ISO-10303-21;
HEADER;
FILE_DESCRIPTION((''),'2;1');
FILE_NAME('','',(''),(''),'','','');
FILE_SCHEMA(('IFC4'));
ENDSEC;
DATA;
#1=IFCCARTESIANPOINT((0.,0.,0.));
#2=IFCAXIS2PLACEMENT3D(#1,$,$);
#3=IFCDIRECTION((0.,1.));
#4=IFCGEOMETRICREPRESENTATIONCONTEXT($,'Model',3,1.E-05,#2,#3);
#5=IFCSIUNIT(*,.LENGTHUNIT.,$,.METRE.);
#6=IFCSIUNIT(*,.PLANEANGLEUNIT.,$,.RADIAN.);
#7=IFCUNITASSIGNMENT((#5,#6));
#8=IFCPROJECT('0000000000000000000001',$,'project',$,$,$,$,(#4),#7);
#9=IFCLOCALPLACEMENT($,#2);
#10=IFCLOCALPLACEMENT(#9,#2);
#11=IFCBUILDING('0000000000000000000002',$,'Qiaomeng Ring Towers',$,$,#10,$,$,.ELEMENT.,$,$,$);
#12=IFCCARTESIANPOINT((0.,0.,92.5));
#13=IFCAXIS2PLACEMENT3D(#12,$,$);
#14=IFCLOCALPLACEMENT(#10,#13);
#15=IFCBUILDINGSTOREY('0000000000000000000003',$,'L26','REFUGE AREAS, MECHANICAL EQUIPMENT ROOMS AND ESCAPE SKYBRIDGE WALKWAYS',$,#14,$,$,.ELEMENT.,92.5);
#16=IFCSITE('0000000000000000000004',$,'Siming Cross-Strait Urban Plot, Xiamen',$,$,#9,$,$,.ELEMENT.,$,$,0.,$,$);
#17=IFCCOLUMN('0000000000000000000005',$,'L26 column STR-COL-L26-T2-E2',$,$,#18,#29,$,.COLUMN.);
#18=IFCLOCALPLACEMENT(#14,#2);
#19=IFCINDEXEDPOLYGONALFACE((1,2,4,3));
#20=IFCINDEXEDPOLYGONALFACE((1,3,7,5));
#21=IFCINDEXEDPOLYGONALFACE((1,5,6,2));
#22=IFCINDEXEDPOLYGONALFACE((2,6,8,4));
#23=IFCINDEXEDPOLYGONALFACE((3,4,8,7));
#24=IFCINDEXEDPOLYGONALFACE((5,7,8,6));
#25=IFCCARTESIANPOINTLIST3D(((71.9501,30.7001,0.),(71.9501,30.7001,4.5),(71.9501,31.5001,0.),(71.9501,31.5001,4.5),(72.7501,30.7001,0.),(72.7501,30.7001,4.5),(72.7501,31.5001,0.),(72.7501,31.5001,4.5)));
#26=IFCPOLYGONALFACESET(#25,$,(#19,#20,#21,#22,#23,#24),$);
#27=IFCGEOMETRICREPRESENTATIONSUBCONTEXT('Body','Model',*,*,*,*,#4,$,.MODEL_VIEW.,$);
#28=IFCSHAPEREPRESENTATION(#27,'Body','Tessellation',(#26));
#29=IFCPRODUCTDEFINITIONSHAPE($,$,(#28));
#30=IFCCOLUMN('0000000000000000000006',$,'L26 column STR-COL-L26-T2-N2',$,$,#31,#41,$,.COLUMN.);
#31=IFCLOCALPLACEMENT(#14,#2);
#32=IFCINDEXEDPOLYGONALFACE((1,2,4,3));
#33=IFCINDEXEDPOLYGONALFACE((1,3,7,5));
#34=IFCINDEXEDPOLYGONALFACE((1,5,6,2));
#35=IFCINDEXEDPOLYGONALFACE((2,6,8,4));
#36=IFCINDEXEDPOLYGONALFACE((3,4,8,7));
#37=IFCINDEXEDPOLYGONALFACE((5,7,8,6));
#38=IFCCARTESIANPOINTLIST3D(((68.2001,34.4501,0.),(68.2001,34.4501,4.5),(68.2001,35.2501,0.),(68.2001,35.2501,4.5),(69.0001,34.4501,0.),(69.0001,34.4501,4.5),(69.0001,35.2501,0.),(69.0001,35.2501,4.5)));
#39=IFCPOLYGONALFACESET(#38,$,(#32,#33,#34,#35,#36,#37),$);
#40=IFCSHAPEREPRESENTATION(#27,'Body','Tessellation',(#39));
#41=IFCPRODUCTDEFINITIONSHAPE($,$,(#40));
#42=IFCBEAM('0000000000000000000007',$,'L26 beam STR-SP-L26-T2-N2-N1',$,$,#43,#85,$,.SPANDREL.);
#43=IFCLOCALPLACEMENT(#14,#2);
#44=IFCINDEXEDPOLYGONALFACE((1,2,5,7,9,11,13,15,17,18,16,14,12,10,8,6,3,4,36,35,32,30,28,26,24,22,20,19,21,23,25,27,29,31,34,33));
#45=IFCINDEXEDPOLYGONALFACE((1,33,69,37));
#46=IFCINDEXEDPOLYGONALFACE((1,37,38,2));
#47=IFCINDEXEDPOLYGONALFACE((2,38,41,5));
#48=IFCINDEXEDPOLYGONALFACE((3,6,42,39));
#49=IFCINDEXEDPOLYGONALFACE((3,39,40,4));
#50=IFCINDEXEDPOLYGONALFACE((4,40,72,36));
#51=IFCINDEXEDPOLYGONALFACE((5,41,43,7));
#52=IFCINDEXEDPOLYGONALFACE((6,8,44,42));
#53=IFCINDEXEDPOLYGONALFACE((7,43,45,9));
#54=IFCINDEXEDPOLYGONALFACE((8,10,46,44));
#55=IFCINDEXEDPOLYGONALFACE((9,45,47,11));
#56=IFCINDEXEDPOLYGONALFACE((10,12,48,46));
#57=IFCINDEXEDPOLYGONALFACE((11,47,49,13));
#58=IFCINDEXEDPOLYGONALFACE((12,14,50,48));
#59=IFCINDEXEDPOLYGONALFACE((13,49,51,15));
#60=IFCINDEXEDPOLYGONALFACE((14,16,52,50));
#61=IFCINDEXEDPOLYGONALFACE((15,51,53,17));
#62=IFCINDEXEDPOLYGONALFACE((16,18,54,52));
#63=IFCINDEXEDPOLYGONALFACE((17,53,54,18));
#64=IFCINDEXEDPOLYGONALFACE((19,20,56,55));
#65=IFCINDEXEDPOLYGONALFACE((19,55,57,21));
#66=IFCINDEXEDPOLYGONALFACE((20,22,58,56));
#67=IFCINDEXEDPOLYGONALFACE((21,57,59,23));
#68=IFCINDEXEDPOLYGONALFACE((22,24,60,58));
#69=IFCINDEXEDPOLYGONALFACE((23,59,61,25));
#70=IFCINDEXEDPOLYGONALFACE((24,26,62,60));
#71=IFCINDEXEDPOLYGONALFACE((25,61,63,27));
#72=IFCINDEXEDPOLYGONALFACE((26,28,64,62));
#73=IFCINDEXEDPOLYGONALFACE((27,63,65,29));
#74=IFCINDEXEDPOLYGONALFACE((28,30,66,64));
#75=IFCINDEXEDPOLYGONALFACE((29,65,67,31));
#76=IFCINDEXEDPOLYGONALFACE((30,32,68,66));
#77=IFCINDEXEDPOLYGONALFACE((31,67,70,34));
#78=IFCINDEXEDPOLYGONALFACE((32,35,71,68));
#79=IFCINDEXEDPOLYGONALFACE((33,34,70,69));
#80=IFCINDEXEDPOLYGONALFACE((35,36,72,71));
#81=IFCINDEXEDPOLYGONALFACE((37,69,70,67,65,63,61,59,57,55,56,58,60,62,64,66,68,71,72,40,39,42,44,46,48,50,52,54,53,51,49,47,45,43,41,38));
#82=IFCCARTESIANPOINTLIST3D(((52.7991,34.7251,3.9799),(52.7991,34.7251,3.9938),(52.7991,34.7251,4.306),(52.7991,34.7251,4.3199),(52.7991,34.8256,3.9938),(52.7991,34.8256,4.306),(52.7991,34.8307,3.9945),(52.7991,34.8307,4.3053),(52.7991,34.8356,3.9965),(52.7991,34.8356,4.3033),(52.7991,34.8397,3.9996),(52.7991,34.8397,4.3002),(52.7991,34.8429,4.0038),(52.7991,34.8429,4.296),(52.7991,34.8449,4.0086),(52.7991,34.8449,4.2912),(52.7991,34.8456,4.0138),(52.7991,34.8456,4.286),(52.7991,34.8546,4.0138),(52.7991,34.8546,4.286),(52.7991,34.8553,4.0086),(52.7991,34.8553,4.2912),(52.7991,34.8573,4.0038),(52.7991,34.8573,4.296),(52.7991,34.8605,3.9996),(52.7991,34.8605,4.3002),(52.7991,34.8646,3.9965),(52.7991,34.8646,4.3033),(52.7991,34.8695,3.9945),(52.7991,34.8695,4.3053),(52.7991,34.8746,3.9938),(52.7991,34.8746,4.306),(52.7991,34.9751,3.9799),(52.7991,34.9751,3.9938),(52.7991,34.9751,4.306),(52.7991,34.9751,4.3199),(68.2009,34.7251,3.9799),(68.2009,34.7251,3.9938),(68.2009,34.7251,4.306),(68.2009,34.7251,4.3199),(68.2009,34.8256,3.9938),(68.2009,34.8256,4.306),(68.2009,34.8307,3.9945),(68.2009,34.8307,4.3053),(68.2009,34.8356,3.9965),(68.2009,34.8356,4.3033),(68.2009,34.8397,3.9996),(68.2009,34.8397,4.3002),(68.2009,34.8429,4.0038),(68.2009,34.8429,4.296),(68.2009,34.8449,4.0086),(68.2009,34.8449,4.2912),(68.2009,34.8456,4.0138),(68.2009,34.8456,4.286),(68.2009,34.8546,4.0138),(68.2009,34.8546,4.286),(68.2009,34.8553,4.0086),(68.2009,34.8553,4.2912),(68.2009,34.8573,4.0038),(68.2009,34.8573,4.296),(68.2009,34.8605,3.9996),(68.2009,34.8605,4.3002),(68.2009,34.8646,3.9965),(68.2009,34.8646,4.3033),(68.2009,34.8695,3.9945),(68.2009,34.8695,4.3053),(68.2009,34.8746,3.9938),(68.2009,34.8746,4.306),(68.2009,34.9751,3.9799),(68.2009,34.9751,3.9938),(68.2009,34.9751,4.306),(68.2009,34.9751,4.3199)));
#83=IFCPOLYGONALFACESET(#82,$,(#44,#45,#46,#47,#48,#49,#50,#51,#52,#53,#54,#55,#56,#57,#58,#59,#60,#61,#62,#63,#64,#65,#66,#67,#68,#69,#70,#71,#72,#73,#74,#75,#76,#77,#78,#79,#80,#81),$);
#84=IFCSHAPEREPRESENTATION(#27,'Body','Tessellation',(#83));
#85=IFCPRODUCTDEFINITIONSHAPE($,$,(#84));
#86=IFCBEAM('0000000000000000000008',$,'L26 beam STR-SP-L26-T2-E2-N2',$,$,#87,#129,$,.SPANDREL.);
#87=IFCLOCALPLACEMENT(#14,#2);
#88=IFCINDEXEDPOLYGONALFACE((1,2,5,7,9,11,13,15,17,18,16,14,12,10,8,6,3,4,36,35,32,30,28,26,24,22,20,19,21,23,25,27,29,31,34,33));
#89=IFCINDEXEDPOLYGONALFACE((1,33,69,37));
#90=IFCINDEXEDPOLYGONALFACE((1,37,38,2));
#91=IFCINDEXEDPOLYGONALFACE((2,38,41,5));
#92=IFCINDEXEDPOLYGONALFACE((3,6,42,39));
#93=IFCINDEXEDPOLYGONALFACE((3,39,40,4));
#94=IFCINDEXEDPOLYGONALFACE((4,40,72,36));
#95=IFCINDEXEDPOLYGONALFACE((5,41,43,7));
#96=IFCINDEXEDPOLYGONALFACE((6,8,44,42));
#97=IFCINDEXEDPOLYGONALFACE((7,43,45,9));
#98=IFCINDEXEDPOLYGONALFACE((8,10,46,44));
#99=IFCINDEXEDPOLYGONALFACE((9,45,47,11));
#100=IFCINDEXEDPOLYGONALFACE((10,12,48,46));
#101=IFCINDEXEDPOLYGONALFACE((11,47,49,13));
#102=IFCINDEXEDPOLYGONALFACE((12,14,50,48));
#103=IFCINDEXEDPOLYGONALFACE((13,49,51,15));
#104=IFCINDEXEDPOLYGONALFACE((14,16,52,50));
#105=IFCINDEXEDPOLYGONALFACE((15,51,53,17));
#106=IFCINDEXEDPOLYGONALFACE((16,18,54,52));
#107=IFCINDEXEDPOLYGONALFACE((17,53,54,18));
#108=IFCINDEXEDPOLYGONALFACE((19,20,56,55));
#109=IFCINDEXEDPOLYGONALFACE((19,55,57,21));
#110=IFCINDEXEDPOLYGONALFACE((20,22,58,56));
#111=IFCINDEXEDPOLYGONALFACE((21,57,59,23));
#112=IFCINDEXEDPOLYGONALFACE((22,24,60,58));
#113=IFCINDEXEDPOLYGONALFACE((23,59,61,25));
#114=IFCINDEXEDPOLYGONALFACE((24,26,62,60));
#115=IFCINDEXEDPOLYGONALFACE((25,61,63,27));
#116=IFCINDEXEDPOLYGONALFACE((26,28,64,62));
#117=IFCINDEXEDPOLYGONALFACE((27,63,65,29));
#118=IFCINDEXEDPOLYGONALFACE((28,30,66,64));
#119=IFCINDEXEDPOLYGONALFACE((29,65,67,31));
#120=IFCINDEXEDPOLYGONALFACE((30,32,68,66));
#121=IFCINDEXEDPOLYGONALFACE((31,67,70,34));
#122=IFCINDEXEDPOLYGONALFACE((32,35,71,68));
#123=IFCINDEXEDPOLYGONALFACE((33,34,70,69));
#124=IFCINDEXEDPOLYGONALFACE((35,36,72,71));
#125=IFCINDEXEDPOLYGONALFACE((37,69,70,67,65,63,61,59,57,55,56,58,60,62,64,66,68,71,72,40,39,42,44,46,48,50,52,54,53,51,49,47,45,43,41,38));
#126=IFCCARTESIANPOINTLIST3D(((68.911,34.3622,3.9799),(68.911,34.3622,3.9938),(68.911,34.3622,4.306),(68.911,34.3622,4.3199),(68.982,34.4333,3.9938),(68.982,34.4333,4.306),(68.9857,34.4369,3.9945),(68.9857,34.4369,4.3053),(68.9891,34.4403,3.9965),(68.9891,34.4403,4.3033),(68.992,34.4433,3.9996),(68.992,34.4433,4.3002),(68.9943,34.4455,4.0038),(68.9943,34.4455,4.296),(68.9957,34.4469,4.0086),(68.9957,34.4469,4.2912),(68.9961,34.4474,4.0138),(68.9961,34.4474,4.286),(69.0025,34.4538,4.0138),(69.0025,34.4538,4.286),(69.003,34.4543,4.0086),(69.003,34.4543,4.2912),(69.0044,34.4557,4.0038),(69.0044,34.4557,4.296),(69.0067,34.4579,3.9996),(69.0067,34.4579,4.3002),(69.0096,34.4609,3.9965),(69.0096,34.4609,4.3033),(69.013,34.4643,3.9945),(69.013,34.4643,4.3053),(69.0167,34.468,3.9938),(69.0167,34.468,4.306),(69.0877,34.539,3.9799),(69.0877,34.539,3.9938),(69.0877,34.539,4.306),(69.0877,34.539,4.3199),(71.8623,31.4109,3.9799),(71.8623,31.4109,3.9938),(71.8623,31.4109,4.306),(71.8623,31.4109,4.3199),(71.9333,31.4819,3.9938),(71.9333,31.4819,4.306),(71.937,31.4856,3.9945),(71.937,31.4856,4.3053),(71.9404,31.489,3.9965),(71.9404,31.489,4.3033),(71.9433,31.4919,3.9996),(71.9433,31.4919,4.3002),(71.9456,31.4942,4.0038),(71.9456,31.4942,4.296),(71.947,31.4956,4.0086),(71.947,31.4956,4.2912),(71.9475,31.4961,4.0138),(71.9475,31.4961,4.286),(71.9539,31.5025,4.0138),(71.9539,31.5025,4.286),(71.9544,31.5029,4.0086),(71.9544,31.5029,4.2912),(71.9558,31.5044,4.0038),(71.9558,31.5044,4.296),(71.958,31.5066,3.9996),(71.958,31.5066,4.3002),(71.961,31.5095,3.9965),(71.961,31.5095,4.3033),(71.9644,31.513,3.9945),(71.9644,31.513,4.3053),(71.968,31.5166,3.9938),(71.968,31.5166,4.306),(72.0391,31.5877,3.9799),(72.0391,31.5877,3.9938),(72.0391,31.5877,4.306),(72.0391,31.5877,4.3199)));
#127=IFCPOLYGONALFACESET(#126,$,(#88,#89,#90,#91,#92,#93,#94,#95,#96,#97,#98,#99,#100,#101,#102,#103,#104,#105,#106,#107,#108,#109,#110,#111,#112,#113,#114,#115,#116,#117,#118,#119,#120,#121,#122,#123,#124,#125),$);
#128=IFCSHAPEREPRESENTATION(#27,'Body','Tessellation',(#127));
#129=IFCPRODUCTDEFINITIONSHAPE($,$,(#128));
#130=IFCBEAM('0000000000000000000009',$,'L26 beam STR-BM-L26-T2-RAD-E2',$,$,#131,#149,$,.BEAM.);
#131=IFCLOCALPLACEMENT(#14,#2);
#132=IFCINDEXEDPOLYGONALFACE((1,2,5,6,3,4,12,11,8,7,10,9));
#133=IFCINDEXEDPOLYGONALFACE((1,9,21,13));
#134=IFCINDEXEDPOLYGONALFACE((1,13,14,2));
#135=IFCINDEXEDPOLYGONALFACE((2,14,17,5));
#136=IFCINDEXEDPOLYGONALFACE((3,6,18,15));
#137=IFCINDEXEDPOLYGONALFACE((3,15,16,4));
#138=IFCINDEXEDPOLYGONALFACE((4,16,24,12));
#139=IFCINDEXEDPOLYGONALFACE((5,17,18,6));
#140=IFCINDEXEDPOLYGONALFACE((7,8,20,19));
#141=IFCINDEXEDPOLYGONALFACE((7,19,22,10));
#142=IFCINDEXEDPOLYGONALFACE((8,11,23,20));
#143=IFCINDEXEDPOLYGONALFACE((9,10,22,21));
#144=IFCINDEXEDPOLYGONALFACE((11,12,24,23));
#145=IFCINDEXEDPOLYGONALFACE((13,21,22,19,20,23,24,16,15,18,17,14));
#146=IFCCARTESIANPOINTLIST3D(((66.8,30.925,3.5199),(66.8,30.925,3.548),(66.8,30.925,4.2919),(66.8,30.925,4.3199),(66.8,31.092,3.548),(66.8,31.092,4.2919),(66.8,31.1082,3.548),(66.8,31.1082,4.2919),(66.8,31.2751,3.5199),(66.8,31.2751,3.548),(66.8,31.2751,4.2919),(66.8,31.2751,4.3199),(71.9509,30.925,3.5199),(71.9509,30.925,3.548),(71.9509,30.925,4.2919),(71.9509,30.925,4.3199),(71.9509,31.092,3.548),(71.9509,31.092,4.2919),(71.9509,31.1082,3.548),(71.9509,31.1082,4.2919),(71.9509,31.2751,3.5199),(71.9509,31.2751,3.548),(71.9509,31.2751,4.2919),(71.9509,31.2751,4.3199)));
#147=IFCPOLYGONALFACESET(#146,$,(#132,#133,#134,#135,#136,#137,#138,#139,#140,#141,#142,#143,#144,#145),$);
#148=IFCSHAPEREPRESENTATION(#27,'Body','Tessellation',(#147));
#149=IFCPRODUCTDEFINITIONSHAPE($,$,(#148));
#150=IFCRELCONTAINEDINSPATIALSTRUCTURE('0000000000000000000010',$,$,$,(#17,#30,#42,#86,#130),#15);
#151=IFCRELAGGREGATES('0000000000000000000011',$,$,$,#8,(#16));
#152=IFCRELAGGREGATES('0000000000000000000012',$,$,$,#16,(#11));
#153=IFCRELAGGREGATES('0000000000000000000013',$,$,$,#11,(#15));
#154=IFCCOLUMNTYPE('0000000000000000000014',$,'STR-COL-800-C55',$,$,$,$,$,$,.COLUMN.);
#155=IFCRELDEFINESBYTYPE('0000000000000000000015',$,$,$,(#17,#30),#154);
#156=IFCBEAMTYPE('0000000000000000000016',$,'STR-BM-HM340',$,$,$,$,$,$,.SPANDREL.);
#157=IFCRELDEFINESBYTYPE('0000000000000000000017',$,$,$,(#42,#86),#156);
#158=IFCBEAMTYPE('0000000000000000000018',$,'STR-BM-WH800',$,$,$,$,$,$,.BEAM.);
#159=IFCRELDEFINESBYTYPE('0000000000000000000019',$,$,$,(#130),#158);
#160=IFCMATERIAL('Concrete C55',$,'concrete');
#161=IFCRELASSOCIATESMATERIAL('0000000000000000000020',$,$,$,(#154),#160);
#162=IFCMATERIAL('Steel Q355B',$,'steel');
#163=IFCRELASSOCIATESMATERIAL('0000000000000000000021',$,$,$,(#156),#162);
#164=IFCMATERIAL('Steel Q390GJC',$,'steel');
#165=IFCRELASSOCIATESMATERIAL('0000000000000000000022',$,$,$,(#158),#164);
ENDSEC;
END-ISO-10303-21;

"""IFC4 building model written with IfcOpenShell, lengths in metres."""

from ifc_helpers import new_model, si_unit, direction, frame, origin, origin_2d, place, context, subcontext, project, spatial, rectangle, i_section, extrude, source, transform, mapped, material, material_profile, profile_set, type_object, element, save


model = new_model("IFC4")

# Units and contexts
model_context = context("Model", 3, precision=1e-05, world=origin(), true_north=direction((0.0, 1.0)))
body_context = subcontext(model_context, "Body", "Model", "MODEL_VIEW")
ifc_project = project(units=[si_unit("LENGTHUNIT", "METRE"), si_unit("PLANEANGLEUNIT", "RADIAN")], contexts=[model_context])

# Site, building, storey
site_placement = place(None, origin())
site = spatial("IfcSite", under=ifc_project, at=site_placement, Name="Siming Cross-Strait Urban Plot, Xiamen", CompositionType="ELEMENT", RefElevation=0.0)
building_placement = place(site_placement, origin())
building = spatial("IfcBuilding", under=site, at=building_placement, Name="Qiaomeng Ring Towers", CompositionType="ELEMENT")
storey_placement = place(building_placement, frame((0.0, 0.0, 92.5)))
storey = spatial("IfcBuildingStorey", under=building, at=storey_placement, Name="L26", Description="REFUGE AREAS, MECHANICAL EQUIPMENT ROOMS AND ESCAPE SKYBRIDGE WALKWAYS", CompositionType="ELEMENT", Elevation=92.5)

# Columns
ifc_material_1 = material(Name="Concrete C55", Category="concrete")
ifc_material_profile_1 = material_profile(ifc_material_1, rectangle(XDim=0.8, YDim=0.8, at=origin_2d()), Name="RC COL 800x800")
ifc_profile_set_1 = profile_set([ifc_material_profile_1], Name="Concrete C55")
column_type = type_object("IfcColumnType", Name="STR-COL-800-C55", PredefinedType="COLUMN", material=ifc_profile_set_1)
shared_shape_1 = source(origin(), body_context, "Body", "SweptSolid", [
    extrude(rectangle(XDim=0.8, YDim=0.8, at=origin_2d()), origin(), (0.0, 0.0, 1.0), 4.5),
])
for number, where, z_axis, x_axis, name in (
    (1, (72.3501, 31.1001, 0.0), (0.0, 0.0, 1.0), (1.0, 0.0, 0.0), "L26 column STR-COL-L26-T2-E2"),
    (2, (68.6001, 34.8501, 0.0), (0.0, 0.0, 1.0), (1.0, 0.0, 0.0), "L26 column STR-COL-L26-T2-N2"),
):
    element("IfcColumn", number, at=place(storey_placement, frame(where, z_axis=z_axis, x_axis=x_axis)), inside=storey, type_object=column_type, Name=name, PredefinedType="COLUMN", context=body_context, shape_type="MappedRepresentation", body=[
        mapped(shared_shape_1, transform((0.0, 0.0, 0.0), x_axis=(1.0, 0.0, 0.0), y_axis=(0.0, 1.0, 0.0), z_axis=(0.0, 0.0, 1.0), scale=1.0)),
    ])

# Beams
ifc_material_2 = material(Name="Steel Q355B", Category="steel")
ifc_material_profile_2 = material_profile(ifc_material_2, i_section(OverallWidth=0.25, OverallDepth=0.3401, WebThickness=0.009, FlangeThickness=0.0139, FilletRadius=0.02, at=origin_2d()), Name="HM 340x250x9x14")
ifc_profile_set_2 = profile_set([ifc_material_profile_2], Name="Steel Q355B")
beam_type_1 = type_object("IfcBeamType", Name="STR-BM-HM340", PredefinedType="SPANDREL", material=ifc_profile_set_2)
shared_shape_2 = source(origin(), body_context, "Body", "SweptSolid", [
    extrude(i_section(OverallWidth=0.25, OverallDepth=0.3401, WebThickness=0.009, FlangeThickness=0.0139, FilletRadius=0.02, at=origin_2d()), origin(), (0.0, 0.0, 1.0), 15.4019),
])
beam_1_placement = place(storey_placement, frame((68.2009, 34.8501, 4.1499), z_axis=(-1.0, 0.0, 0.0), x_axis=(0.0, -1.0, 0.0)))
element("IfcBeam", 3, at=beam_1_placement, inside=storey, type_object=beam_type_1, Name="L26 beam STR-SP-L26-T2-N2-N1", PredefinedType="SPANDREL", context=body_context, shape_type="MappedRepresentation", body=[
    mapped(shared_shape_2, transform((0.0, 0.0, 0.0), x_axis=(1.0, 0.0, 0.0), y_axis=(0.0, 1.0, 0.0), z_axis=(0.0, 0.0, 1.0), scale=1.0)),
])
shared_shape_3 = source(origin(), body_context, "Body", "SweptSolid", [
    extrude(i_section(OverallWidth=0.25, OverallDepth=0.3401, WebThickness=0.009, FlangeThickness=0.0139, FilletRadius=0.02, at=origin_2d()), origin(), (0.0, 0.0, 1.0), 4.1738),
])
beam_2_placement = place(storey_placement, frame((71.9507, 31.4993, 4.1499), z_axis=(-0.707107, 0.707107, 0.0), x_axis=(-0.707107, -0.707107, 0.0)))
element("IfcBeam", 4, at=beam_2_placement, inside=storey, type_object=beam_type_1, Name="L26 beam STR-SP-L26-T2-E2-N2", PredefinedType="SPANDREL", context=body_context, shape_type="MappedRepresentation", body=[
    mapped(shared_shape_3, transform((0.0, 0.0, 0.0), x_axis=(1.0, 0.0, 0.0), y_axis=(0.0, 1.0, 0.0), z_axis=(0.0, 0.0, 1.0), scale=1.0)),
])
ifc_material_3 = material(Name="Steel Q390GJC", Category="steel")
ifc_material_profile_3 = material_profile(ifc_material_3, i_section(OverallWidth=0.3501, OverallDepth=0.8, WebThickness=0.0161, FlangeThickness=0.0281, at=origin_2d()), Name="WH 800x350x16x28")
ifc_profile_set_3 = profile_set([ifc_material_profile_3], Name="Steel Q390GJC")
beam_type_2 = type_object("IfcBeamType", Name="STR-BM-WH800", PredefinedType="BEAM", material=ifc_profile_set_3)
shared_shape_4 = source(origin(), body_context, "Body", "SweptSolid", [
    extrude(i_section(OverallWidth=0.3501, OverallDepth=0.8, WebThickness=0.0161, FlangeThickness=0.0281, at=origin_2d()), origin(), (0.0, 0.0, 1.0), 5.1509),
])
beam_3_placement = place(storey_placement, frame((66.8, 31.1001, 3.9199), z_axis=(1.0, 0.0, 0.0), x_axis=(0.0, 1.0, 0.0)))
element("IfcBeam", 5, at=beam_3_placement, inside=storey, type_object=beam_type_2, Name="L26 beam STR-BM-L26-T2-RAD-E2", PredefinedType="BEAM", context=body_context, shape_type="MappedRepresentation", body=[
    mapped(shared_shape_4, transform((0.0, 0.0, 0.0), x_axis=(1.0, 0.0, 0.0), y_axis=(0.0, 1.0, 0.0), z_axis=(0.0, 0.0, 1.0), scale=1.0)),
])

save(model, "model.ifc")
